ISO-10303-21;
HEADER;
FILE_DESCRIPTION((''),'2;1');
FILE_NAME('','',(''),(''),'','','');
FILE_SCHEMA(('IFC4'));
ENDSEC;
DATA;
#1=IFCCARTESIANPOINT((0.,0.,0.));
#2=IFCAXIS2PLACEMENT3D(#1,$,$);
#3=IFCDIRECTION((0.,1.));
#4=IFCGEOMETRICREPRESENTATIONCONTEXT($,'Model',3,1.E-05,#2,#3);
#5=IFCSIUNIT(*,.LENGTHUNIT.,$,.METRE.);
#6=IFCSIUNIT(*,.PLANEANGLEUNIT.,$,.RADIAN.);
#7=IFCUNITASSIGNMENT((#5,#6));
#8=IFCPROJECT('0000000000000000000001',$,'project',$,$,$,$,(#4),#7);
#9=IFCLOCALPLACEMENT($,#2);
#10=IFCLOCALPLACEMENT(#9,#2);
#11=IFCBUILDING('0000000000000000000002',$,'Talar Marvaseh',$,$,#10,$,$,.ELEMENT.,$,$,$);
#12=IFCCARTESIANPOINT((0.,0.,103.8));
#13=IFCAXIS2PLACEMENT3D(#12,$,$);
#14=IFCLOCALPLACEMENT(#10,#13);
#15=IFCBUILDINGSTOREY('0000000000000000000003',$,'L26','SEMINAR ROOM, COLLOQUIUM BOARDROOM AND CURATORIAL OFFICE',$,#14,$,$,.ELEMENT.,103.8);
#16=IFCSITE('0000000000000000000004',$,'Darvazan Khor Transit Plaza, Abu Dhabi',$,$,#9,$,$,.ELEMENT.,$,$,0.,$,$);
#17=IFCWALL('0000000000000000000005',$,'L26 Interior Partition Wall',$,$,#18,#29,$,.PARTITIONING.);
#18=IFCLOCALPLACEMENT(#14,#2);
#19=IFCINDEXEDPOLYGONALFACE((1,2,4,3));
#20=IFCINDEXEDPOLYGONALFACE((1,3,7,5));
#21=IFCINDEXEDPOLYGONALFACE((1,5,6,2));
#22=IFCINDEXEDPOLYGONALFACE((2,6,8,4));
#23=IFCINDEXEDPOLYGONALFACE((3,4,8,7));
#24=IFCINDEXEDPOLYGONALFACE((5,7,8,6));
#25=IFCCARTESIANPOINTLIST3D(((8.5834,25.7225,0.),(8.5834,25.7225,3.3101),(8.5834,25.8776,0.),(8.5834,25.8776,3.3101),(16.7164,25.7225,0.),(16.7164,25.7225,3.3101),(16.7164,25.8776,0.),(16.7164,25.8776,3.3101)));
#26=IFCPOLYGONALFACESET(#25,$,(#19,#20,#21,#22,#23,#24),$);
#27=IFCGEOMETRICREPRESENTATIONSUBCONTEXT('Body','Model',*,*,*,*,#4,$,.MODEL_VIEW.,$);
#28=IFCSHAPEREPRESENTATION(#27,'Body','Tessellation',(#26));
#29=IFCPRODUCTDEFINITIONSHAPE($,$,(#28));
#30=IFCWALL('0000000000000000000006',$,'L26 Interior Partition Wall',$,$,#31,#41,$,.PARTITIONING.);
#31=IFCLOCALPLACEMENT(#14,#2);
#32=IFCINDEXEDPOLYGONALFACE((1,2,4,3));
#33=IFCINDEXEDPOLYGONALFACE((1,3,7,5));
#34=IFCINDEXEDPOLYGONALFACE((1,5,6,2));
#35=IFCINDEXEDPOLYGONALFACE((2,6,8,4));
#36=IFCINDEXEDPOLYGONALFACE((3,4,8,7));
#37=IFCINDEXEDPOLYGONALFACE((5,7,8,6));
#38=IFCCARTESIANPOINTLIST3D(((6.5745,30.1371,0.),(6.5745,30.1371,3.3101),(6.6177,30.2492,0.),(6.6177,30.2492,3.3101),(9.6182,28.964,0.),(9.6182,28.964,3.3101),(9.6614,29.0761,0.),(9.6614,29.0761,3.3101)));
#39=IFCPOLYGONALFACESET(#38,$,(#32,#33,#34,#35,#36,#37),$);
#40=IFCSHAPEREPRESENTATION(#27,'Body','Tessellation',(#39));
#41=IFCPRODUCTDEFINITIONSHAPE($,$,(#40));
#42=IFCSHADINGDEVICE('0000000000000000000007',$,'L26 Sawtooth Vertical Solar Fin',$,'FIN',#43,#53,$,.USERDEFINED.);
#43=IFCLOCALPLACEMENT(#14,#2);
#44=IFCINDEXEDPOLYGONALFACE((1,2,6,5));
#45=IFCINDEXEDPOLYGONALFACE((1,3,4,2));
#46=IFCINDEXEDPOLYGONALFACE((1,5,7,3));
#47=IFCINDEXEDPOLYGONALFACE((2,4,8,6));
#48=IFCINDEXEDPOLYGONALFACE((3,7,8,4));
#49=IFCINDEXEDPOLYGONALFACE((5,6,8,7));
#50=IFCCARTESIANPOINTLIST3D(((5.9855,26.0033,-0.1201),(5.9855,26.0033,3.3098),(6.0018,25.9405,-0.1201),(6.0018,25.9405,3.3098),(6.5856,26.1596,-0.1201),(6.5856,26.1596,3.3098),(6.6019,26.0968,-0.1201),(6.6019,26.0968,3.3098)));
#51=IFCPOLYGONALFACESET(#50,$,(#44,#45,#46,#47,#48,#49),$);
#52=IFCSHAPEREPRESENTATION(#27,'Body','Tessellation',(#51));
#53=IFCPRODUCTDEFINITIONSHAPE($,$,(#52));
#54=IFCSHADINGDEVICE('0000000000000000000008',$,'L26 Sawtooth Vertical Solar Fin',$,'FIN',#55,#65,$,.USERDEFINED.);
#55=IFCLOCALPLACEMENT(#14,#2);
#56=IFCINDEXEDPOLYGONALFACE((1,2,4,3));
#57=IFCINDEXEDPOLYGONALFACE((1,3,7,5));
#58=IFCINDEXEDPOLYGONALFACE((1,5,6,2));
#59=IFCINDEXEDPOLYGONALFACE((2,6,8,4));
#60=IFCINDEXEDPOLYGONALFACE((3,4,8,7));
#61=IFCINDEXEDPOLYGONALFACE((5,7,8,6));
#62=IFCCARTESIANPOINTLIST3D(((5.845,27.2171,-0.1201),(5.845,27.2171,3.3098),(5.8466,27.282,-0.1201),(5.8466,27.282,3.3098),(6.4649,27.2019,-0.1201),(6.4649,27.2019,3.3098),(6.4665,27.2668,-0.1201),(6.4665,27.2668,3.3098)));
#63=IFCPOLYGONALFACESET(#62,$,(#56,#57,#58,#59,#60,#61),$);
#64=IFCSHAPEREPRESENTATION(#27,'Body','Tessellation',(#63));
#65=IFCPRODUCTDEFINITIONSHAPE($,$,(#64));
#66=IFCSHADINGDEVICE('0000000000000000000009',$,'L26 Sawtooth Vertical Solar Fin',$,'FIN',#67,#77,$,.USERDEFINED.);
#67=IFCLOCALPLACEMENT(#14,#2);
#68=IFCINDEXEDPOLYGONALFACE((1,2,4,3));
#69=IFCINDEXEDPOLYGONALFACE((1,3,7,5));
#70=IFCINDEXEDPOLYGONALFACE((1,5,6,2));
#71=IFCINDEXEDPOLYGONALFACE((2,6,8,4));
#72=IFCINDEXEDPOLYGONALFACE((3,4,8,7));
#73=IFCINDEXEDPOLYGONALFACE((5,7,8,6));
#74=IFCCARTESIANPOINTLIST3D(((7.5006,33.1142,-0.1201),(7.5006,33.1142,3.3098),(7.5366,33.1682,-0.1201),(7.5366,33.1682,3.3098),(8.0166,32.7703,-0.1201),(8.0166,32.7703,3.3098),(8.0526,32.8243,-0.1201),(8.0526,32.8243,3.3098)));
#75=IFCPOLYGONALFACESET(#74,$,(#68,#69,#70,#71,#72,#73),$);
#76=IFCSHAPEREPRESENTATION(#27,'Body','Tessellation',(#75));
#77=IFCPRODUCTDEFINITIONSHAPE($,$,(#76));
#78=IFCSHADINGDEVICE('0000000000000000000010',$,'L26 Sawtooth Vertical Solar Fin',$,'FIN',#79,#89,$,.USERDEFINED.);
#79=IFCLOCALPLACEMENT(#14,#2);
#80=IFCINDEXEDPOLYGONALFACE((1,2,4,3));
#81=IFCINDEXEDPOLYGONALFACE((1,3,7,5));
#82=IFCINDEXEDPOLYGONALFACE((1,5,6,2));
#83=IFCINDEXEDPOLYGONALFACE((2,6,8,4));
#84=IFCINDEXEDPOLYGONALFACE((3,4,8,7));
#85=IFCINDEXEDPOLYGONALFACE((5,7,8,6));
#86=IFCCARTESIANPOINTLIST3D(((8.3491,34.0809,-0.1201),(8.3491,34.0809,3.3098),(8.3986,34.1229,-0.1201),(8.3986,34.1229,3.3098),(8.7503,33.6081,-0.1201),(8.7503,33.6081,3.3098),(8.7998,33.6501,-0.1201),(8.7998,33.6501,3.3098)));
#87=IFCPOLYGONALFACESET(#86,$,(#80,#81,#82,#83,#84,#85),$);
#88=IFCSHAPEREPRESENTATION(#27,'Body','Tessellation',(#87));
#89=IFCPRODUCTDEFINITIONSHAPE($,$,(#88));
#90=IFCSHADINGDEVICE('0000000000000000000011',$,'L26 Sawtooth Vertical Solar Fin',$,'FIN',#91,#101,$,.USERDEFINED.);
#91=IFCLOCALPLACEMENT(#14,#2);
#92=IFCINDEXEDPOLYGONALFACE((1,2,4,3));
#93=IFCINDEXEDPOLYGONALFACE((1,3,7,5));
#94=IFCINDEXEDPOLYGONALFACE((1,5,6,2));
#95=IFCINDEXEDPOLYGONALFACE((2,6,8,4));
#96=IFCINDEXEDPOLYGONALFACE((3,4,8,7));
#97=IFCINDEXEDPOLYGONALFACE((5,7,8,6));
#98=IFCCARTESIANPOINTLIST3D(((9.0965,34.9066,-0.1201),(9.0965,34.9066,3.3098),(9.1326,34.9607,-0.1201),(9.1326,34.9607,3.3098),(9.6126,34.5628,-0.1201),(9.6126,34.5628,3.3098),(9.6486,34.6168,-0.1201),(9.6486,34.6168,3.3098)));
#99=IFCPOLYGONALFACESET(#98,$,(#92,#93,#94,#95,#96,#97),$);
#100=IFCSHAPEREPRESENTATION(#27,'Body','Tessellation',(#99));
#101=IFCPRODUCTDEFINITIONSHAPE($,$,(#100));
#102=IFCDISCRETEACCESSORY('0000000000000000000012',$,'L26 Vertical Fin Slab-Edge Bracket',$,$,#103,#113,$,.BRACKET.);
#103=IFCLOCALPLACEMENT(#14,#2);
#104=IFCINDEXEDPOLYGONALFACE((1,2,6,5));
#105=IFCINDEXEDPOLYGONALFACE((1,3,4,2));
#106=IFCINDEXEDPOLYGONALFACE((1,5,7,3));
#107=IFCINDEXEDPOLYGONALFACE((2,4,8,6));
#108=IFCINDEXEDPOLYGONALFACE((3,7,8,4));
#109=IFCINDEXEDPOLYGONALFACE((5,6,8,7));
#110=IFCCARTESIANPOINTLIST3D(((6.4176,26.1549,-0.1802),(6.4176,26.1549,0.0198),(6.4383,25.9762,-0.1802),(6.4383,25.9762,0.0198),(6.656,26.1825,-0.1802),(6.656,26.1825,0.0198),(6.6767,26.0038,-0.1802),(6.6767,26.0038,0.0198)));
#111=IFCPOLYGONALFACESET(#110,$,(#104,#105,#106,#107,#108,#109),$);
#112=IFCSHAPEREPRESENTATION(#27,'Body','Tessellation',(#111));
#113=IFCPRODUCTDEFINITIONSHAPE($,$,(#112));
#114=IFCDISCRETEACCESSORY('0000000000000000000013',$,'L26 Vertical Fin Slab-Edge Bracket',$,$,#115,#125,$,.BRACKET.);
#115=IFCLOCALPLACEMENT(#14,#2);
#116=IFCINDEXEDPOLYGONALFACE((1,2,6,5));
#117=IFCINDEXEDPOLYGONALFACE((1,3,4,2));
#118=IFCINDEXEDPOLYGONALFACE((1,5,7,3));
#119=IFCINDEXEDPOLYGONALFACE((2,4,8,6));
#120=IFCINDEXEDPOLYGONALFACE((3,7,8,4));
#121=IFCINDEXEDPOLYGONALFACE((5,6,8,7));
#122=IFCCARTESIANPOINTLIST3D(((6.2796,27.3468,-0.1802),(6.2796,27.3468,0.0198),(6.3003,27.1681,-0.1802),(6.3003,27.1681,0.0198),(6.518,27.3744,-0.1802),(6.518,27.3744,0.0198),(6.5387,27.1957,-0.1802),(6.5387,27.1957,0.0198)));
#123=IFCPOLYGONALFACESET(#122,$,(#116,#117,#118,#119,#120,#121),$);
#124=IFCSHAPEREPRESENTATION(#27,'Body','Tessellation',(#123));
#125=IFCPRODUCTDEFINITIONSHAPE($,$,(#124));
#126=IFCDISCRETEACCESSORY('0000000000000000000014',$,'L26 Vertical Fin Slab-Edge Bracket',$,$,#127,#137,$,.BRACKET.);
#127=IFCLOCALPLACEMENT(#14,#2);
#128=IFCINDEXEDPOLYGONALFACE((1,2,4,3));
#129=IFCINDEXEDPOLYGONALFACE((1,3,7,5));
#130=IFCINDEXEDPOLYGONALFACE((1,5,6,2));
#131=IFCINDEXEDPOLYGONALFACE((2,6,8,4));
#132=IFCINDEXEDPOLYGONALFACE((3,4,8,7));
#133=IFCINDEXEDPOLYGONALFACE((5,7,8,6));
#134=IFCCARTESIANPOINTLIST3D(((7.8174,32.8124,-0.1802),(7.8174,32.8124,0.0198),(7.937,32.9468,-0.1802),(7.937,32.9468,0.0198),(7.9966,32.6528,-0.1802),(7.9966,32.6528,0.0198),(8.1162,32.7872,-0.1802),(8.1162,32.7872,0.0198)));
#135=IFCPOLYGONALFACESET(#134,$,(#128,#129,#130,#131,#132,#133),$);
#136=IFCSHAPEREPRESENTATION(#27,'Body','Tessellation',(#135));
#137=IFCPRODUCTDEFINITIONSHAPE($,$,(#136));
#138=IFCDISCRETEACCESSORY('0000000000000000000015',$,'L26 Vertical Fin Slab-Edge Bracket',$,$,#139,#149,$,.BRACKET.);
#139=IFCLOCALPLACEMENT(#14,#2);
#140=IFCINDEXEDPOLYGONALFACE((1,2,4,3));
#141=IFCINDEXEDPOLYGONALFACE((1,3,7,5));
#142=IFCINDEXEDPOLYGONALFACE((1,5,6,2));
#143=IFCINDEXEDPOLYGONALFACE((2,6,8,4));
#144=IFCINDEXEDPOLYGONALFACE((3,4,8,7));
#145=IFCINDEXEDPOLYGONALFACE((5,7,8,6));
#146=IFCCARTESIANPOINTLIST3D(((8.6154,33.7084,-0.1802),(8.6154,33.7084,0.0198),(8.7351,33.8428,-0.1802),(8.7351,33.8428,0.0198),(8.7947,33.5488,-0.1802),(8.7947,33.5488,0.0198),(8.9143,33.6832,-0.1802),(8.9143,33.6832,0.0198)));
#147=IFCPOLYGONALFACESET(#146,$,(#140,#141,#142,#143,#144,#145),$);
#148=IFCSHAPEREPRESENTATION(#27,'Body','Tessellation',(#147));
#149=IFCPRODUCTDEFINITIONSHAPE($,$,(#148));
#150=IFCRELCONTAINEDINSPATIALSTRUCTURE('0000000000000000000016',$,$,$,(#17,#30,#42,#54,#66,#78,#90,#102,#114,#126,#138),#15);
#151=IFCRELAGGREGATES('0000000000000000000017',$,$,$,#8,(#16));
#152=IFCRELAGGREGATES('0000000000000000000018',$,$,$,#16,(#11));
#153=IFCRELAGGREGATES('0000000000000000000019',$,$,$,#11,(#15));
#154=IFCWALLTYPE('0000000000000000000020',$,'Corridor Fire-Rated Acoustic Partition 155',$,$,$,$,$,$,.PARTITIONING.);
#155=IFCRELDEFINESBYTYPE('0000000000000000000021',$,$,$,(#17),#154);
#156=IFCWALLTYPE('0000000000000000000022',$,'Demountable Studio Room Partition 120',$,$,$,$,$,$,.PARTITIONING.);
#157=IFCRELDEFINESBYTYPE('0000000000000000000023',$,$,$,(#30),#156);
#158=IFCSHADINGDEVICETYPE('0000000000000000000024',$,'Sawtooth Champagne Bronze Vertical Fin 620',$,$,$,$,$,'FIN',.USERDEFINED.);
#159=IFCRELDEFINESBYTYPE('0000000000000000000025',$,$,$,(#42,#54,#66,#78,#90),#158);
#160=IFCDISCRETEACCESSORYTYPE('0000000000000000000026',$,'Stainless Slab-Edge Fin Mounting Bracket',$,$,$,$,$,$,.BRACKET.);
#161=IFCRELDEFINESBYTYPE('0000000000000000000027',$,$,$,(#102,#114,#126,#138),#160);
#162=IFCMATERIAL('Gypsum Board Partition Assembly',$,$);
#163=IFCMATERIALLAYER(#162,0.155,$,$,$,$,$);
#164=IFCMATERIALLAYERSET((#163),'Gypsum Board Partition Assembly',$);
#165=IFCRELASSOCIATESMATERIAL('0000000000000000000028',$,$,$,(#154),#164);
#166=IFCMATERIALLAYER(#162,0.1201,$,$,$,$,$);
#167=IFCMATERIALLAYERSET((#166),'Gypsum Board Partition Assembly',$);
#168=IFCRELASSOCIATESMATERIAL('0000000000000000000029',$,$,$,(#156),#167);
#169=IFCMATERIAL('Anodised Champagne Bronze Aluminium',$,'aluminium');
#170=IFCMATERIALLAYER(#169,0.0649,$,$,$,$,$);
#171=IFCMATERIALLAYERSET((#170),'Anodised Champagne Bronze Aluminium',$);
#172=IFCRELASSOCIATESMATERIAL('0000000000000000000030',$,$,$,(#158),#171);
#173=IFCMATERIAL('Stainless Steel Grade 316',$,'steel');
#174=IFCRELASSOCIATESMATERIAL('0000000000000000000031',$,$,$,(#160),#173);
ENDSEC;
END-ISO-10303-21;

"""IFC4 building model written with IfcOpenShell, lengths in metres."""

from ifc_helpers import new_model, si_unit, direction, frame, frame_2d, origin, origin_2d, place, context, subcontext, project, spatial, rectangle, extrude, source, transform, mapped, material, layer, layer_set, type_object, type_shapes, element, save


model = new_model("IFC4")

# Units and contexts
model_context = context("Model", 3, precision=1e-05, world=origin(), true_north=direction((0.0, 1.0)))
body_context = subcontext(model_context, "Body", "Model", "MODEL_VIEW")
ifc_project = project(units=[si_unit("LENGTHUNIT", "METRE"), si_unit("PLANEANGLEUNIT", "RADIAN")], contexts=[model_context])

# Site, building, storey
site_placement = place(None, origin())
site = spatial("IfcSite", under=ifc_project, at=site_placement, Name="Darvazan Khor Transit Plaza, Abu Dhabi", CompositionType="ELEMENT", RefElevation=0.0)
building_placement = place(site_placement, origin())
building = spatial("IfcBuilding", under=site, at=building_placement, Name="Talar Marvaseh", CompositionType="ELEMENT")
storey_placement = place(building_placement, frame((0.0, 0.0, 103.8)))
storey = spatial("IfcBuildingStorey", under=building, at=storey_placement, Name="L26", Description="SEMINAR ROOM, COLLOQUIUM BOARDROOM AND CURATORIAL OFFICE", CompositionType="ELEMENT", Elevation=103.8)

# Walls
ifc_material_1 = material(Name="Gypsum Board Partition Assembly")
ifc_layer_1 = layer(ifc_material_1, 0.155)
ifc_layer_set_1 = layer_set([ifc_layer_1], Name="Gypsum Board Partition Assembly")
wall_type_1 = type_object("IfcWallType", Name="Corridor Fire-Rated Acoustic Partition 155", PredefinedType="PARTITIONING", material=ifc_layer_set_1)
wall_1_placement = place(storey_placement, frame((8.5835, 25.8, 0.0), z_axis=(0.0, 0.0, 1.0), x_axis=(1.0, 0.0, 0.0)))
element("IfcWall", 1, at=wall_1_placement, inside=storey, type_object=wall_type_1, Name="L26 Interior Partition Wall", PredefinedType="PARTITIONING", context=body_context, shape_type="SweptSolid", body=[
    extrude(rectangle(XDim=8.1331, YDim=0.155, at=frame_2d((4.0664, 0.0))), origin(), (0.0, 0.0, 1.0), 3.3101),
])
ifc_layer_2 = layer(ifc_material_1, 0.1201)
ifc_layer_set_2 = layer_set([ifc_layer_2], Name="Gypsum Board Partition Assembly")
wall_type_2 = type_object("IfcWallType", Name="Demountable Studio Room Partition 120", PredefinedType="PARTITIONING", material=ifc_layer_set_2)
wall_2_placement = place(storey_placement, frame((6.5962, 30.1931, 0.0), z_axis=(0.0, 0.0, 1.0), x_axis=(0.933095, -0.359631, 0.0)))
element("IfcWall", 2, at=wall_2_placement, inside=storey, type_object=wall_type_2, Name="L26 Interior Partition Wall", PredefinedType="PARTITIONING", context=body_context, shape_type="SweptSolid", body=[
    extrude(rectangle(XDim=3.262, YDim=0.1201, at=frame_2d((1.6309, 0.0))), origin(), (0.0, 0.0, 1.0), 3.3101),
])

# Shading devices
ifc_material_2 = material(Name="Anodised Champagne Bronze Aluminium", Category="aluminium")
ifc_layer_3 = layer(ifc_material_2, 0.0649)
ifc_layer_set_3 = layer_set([ifc_layer_3], Name="Anodised Champagne Bronze Aluminium")
shading_device_type = type_object("IfcShadingDeviceType", Name="Sawtooth Champagne Bronze Vertical Fin 620", ElementType="FIN", PredefinedType="USERDEFINED", material=ifc_layer_set_3)
shared_shape_1 = source(origin(), body_context, "Body", "SweptSolid", [
    extrude(rectangle(XDim=0.6201, YDim=0.0649, at=origin_2d()), origin(), (0.0, 0.0, 1.0), 3.4299),
])
type_shapes(shading_device_type, [shared_shape_1])
for number, where, z_axis, x_axis, name in (
    (3, (6.2937, 26.05, -0.1201), (0.0, 0.0, 1.0), (-0.967709, -0.252069, 0.0), "L26 Sawtooth Vertical Solar Fin"),
    (4, (6.1558, 27.2419, -0.1201), (0.0, 0.0, 1.0), (-0.999701, 0.024432, 0.0), "L26 Sawtooth Vertical Solar Fin"),
    (5, (7.7766, 32.9692, -0.1201), (0.0, 0.0, 1.0), (-0.832148, 0.554554, 0.0), "L26 Sawtooth Vertical Solar Fin"),
    (6, (8.5745, 33.8655, -0.1201), (0.0, 0.0, 1.0), (-0.647056, 0.762443, 0.0), "L26 Sawtooth Vertical Solar Fin"),
    (7, (9.3726, 34.7617, -0.1201), (0.0, 0.0, 1.0), (-0.832148, 0.554554, 0.0), "L26 Sawtooth Vertical Solar Fin"),
):
    element("IfcShadingDevice", number, at=place(storey_placement, frame(where, z_axis=z_axis, x_axis=x_axis)), inside=storey, type_object=shading_device_type, Name=name, ObjectType="FIN", PredefinedType="USERDEFINED", context=body_context, shape_type="MappedRepresentation", body=[
        mapped(shared_shape_1, transform((0.0, 0.0, 0.0), x_axis=(1.0, 0.0, 0.0), y_axis=(0.0, 1.0, 0.0), z_axis=(0.0, 0.0, 1.0), scale=1.0)),
    ])

# Discrete accessories
ifc_material_3 = material(Name="Stainless Steel Grade 316", Category="steel")
discrete_accessory_type = type_object("IfcDiscreteAccessoryType", Name="Stainless Slab-Edge Fin Mounting Bracket", PredefinedType="BRACKET", material=ifc_material_3)
shared_shape_2 = source(origin(), body_context, "Body", "SweptSolid", [
    extrude(rectangle(XDim=0.24, YDim=0.1799, at=origin_2d()), origin(), (0.0, 0.0, 1.0), 0.2),
])
type_shapes(discrete_accessory_type, [shared_shape_2])
for number, where, z_axis, x_axis, name in (
    (8, (6.5471, 26.0793, -0.1802), (0.0, 0.0, 1.0), (-0.993373, -0.114937, 0.0), "L26 Vertical Fin Slab-Edge Bracket"),
    (9, (6.4092, 27.2712, -0.1802), (0.0, 0.0, 1.0), (-0.993373, -0.114937, 0.0), "L26 Vertical Fin Slab-Edge Bracket"),
    (10, (7.9668, 32.7998, -0.1802), (0.0, 0.0, 1.0), (-0.74687, 0.66497, 0.0), "L26 Vertical Fin Slab-Edge Bracket"),
    (11, (8.7649, 33.6958, -0.1802), (0.0, 0.0, 1.0), (-0.74687, 0.66497, 0.0), "L26 Vertical Fin Slab-Edge Bracket"),
):
    element("IfcDiscreteAccessory", number, at=place(storey_placement, frame(where, z_axis=z_axis, x_axis=x_axis)), inside=storey, type_object=discrete_accessory_type, Name=name, PredefinedType="BRACKET", context=body_context, shape_type="MappedRepresentation", body=[
        mapped(shared_shape_2, transform((0.0, 0.0, 0.0), x_axis=(1.0, 0.0, 0.0), y_axis=(0.0, 1.0, 0.0), z_axis=(0.0, 0.0, 1.0), scale=1.0)),
    ])

save(model, "model.ifc")
